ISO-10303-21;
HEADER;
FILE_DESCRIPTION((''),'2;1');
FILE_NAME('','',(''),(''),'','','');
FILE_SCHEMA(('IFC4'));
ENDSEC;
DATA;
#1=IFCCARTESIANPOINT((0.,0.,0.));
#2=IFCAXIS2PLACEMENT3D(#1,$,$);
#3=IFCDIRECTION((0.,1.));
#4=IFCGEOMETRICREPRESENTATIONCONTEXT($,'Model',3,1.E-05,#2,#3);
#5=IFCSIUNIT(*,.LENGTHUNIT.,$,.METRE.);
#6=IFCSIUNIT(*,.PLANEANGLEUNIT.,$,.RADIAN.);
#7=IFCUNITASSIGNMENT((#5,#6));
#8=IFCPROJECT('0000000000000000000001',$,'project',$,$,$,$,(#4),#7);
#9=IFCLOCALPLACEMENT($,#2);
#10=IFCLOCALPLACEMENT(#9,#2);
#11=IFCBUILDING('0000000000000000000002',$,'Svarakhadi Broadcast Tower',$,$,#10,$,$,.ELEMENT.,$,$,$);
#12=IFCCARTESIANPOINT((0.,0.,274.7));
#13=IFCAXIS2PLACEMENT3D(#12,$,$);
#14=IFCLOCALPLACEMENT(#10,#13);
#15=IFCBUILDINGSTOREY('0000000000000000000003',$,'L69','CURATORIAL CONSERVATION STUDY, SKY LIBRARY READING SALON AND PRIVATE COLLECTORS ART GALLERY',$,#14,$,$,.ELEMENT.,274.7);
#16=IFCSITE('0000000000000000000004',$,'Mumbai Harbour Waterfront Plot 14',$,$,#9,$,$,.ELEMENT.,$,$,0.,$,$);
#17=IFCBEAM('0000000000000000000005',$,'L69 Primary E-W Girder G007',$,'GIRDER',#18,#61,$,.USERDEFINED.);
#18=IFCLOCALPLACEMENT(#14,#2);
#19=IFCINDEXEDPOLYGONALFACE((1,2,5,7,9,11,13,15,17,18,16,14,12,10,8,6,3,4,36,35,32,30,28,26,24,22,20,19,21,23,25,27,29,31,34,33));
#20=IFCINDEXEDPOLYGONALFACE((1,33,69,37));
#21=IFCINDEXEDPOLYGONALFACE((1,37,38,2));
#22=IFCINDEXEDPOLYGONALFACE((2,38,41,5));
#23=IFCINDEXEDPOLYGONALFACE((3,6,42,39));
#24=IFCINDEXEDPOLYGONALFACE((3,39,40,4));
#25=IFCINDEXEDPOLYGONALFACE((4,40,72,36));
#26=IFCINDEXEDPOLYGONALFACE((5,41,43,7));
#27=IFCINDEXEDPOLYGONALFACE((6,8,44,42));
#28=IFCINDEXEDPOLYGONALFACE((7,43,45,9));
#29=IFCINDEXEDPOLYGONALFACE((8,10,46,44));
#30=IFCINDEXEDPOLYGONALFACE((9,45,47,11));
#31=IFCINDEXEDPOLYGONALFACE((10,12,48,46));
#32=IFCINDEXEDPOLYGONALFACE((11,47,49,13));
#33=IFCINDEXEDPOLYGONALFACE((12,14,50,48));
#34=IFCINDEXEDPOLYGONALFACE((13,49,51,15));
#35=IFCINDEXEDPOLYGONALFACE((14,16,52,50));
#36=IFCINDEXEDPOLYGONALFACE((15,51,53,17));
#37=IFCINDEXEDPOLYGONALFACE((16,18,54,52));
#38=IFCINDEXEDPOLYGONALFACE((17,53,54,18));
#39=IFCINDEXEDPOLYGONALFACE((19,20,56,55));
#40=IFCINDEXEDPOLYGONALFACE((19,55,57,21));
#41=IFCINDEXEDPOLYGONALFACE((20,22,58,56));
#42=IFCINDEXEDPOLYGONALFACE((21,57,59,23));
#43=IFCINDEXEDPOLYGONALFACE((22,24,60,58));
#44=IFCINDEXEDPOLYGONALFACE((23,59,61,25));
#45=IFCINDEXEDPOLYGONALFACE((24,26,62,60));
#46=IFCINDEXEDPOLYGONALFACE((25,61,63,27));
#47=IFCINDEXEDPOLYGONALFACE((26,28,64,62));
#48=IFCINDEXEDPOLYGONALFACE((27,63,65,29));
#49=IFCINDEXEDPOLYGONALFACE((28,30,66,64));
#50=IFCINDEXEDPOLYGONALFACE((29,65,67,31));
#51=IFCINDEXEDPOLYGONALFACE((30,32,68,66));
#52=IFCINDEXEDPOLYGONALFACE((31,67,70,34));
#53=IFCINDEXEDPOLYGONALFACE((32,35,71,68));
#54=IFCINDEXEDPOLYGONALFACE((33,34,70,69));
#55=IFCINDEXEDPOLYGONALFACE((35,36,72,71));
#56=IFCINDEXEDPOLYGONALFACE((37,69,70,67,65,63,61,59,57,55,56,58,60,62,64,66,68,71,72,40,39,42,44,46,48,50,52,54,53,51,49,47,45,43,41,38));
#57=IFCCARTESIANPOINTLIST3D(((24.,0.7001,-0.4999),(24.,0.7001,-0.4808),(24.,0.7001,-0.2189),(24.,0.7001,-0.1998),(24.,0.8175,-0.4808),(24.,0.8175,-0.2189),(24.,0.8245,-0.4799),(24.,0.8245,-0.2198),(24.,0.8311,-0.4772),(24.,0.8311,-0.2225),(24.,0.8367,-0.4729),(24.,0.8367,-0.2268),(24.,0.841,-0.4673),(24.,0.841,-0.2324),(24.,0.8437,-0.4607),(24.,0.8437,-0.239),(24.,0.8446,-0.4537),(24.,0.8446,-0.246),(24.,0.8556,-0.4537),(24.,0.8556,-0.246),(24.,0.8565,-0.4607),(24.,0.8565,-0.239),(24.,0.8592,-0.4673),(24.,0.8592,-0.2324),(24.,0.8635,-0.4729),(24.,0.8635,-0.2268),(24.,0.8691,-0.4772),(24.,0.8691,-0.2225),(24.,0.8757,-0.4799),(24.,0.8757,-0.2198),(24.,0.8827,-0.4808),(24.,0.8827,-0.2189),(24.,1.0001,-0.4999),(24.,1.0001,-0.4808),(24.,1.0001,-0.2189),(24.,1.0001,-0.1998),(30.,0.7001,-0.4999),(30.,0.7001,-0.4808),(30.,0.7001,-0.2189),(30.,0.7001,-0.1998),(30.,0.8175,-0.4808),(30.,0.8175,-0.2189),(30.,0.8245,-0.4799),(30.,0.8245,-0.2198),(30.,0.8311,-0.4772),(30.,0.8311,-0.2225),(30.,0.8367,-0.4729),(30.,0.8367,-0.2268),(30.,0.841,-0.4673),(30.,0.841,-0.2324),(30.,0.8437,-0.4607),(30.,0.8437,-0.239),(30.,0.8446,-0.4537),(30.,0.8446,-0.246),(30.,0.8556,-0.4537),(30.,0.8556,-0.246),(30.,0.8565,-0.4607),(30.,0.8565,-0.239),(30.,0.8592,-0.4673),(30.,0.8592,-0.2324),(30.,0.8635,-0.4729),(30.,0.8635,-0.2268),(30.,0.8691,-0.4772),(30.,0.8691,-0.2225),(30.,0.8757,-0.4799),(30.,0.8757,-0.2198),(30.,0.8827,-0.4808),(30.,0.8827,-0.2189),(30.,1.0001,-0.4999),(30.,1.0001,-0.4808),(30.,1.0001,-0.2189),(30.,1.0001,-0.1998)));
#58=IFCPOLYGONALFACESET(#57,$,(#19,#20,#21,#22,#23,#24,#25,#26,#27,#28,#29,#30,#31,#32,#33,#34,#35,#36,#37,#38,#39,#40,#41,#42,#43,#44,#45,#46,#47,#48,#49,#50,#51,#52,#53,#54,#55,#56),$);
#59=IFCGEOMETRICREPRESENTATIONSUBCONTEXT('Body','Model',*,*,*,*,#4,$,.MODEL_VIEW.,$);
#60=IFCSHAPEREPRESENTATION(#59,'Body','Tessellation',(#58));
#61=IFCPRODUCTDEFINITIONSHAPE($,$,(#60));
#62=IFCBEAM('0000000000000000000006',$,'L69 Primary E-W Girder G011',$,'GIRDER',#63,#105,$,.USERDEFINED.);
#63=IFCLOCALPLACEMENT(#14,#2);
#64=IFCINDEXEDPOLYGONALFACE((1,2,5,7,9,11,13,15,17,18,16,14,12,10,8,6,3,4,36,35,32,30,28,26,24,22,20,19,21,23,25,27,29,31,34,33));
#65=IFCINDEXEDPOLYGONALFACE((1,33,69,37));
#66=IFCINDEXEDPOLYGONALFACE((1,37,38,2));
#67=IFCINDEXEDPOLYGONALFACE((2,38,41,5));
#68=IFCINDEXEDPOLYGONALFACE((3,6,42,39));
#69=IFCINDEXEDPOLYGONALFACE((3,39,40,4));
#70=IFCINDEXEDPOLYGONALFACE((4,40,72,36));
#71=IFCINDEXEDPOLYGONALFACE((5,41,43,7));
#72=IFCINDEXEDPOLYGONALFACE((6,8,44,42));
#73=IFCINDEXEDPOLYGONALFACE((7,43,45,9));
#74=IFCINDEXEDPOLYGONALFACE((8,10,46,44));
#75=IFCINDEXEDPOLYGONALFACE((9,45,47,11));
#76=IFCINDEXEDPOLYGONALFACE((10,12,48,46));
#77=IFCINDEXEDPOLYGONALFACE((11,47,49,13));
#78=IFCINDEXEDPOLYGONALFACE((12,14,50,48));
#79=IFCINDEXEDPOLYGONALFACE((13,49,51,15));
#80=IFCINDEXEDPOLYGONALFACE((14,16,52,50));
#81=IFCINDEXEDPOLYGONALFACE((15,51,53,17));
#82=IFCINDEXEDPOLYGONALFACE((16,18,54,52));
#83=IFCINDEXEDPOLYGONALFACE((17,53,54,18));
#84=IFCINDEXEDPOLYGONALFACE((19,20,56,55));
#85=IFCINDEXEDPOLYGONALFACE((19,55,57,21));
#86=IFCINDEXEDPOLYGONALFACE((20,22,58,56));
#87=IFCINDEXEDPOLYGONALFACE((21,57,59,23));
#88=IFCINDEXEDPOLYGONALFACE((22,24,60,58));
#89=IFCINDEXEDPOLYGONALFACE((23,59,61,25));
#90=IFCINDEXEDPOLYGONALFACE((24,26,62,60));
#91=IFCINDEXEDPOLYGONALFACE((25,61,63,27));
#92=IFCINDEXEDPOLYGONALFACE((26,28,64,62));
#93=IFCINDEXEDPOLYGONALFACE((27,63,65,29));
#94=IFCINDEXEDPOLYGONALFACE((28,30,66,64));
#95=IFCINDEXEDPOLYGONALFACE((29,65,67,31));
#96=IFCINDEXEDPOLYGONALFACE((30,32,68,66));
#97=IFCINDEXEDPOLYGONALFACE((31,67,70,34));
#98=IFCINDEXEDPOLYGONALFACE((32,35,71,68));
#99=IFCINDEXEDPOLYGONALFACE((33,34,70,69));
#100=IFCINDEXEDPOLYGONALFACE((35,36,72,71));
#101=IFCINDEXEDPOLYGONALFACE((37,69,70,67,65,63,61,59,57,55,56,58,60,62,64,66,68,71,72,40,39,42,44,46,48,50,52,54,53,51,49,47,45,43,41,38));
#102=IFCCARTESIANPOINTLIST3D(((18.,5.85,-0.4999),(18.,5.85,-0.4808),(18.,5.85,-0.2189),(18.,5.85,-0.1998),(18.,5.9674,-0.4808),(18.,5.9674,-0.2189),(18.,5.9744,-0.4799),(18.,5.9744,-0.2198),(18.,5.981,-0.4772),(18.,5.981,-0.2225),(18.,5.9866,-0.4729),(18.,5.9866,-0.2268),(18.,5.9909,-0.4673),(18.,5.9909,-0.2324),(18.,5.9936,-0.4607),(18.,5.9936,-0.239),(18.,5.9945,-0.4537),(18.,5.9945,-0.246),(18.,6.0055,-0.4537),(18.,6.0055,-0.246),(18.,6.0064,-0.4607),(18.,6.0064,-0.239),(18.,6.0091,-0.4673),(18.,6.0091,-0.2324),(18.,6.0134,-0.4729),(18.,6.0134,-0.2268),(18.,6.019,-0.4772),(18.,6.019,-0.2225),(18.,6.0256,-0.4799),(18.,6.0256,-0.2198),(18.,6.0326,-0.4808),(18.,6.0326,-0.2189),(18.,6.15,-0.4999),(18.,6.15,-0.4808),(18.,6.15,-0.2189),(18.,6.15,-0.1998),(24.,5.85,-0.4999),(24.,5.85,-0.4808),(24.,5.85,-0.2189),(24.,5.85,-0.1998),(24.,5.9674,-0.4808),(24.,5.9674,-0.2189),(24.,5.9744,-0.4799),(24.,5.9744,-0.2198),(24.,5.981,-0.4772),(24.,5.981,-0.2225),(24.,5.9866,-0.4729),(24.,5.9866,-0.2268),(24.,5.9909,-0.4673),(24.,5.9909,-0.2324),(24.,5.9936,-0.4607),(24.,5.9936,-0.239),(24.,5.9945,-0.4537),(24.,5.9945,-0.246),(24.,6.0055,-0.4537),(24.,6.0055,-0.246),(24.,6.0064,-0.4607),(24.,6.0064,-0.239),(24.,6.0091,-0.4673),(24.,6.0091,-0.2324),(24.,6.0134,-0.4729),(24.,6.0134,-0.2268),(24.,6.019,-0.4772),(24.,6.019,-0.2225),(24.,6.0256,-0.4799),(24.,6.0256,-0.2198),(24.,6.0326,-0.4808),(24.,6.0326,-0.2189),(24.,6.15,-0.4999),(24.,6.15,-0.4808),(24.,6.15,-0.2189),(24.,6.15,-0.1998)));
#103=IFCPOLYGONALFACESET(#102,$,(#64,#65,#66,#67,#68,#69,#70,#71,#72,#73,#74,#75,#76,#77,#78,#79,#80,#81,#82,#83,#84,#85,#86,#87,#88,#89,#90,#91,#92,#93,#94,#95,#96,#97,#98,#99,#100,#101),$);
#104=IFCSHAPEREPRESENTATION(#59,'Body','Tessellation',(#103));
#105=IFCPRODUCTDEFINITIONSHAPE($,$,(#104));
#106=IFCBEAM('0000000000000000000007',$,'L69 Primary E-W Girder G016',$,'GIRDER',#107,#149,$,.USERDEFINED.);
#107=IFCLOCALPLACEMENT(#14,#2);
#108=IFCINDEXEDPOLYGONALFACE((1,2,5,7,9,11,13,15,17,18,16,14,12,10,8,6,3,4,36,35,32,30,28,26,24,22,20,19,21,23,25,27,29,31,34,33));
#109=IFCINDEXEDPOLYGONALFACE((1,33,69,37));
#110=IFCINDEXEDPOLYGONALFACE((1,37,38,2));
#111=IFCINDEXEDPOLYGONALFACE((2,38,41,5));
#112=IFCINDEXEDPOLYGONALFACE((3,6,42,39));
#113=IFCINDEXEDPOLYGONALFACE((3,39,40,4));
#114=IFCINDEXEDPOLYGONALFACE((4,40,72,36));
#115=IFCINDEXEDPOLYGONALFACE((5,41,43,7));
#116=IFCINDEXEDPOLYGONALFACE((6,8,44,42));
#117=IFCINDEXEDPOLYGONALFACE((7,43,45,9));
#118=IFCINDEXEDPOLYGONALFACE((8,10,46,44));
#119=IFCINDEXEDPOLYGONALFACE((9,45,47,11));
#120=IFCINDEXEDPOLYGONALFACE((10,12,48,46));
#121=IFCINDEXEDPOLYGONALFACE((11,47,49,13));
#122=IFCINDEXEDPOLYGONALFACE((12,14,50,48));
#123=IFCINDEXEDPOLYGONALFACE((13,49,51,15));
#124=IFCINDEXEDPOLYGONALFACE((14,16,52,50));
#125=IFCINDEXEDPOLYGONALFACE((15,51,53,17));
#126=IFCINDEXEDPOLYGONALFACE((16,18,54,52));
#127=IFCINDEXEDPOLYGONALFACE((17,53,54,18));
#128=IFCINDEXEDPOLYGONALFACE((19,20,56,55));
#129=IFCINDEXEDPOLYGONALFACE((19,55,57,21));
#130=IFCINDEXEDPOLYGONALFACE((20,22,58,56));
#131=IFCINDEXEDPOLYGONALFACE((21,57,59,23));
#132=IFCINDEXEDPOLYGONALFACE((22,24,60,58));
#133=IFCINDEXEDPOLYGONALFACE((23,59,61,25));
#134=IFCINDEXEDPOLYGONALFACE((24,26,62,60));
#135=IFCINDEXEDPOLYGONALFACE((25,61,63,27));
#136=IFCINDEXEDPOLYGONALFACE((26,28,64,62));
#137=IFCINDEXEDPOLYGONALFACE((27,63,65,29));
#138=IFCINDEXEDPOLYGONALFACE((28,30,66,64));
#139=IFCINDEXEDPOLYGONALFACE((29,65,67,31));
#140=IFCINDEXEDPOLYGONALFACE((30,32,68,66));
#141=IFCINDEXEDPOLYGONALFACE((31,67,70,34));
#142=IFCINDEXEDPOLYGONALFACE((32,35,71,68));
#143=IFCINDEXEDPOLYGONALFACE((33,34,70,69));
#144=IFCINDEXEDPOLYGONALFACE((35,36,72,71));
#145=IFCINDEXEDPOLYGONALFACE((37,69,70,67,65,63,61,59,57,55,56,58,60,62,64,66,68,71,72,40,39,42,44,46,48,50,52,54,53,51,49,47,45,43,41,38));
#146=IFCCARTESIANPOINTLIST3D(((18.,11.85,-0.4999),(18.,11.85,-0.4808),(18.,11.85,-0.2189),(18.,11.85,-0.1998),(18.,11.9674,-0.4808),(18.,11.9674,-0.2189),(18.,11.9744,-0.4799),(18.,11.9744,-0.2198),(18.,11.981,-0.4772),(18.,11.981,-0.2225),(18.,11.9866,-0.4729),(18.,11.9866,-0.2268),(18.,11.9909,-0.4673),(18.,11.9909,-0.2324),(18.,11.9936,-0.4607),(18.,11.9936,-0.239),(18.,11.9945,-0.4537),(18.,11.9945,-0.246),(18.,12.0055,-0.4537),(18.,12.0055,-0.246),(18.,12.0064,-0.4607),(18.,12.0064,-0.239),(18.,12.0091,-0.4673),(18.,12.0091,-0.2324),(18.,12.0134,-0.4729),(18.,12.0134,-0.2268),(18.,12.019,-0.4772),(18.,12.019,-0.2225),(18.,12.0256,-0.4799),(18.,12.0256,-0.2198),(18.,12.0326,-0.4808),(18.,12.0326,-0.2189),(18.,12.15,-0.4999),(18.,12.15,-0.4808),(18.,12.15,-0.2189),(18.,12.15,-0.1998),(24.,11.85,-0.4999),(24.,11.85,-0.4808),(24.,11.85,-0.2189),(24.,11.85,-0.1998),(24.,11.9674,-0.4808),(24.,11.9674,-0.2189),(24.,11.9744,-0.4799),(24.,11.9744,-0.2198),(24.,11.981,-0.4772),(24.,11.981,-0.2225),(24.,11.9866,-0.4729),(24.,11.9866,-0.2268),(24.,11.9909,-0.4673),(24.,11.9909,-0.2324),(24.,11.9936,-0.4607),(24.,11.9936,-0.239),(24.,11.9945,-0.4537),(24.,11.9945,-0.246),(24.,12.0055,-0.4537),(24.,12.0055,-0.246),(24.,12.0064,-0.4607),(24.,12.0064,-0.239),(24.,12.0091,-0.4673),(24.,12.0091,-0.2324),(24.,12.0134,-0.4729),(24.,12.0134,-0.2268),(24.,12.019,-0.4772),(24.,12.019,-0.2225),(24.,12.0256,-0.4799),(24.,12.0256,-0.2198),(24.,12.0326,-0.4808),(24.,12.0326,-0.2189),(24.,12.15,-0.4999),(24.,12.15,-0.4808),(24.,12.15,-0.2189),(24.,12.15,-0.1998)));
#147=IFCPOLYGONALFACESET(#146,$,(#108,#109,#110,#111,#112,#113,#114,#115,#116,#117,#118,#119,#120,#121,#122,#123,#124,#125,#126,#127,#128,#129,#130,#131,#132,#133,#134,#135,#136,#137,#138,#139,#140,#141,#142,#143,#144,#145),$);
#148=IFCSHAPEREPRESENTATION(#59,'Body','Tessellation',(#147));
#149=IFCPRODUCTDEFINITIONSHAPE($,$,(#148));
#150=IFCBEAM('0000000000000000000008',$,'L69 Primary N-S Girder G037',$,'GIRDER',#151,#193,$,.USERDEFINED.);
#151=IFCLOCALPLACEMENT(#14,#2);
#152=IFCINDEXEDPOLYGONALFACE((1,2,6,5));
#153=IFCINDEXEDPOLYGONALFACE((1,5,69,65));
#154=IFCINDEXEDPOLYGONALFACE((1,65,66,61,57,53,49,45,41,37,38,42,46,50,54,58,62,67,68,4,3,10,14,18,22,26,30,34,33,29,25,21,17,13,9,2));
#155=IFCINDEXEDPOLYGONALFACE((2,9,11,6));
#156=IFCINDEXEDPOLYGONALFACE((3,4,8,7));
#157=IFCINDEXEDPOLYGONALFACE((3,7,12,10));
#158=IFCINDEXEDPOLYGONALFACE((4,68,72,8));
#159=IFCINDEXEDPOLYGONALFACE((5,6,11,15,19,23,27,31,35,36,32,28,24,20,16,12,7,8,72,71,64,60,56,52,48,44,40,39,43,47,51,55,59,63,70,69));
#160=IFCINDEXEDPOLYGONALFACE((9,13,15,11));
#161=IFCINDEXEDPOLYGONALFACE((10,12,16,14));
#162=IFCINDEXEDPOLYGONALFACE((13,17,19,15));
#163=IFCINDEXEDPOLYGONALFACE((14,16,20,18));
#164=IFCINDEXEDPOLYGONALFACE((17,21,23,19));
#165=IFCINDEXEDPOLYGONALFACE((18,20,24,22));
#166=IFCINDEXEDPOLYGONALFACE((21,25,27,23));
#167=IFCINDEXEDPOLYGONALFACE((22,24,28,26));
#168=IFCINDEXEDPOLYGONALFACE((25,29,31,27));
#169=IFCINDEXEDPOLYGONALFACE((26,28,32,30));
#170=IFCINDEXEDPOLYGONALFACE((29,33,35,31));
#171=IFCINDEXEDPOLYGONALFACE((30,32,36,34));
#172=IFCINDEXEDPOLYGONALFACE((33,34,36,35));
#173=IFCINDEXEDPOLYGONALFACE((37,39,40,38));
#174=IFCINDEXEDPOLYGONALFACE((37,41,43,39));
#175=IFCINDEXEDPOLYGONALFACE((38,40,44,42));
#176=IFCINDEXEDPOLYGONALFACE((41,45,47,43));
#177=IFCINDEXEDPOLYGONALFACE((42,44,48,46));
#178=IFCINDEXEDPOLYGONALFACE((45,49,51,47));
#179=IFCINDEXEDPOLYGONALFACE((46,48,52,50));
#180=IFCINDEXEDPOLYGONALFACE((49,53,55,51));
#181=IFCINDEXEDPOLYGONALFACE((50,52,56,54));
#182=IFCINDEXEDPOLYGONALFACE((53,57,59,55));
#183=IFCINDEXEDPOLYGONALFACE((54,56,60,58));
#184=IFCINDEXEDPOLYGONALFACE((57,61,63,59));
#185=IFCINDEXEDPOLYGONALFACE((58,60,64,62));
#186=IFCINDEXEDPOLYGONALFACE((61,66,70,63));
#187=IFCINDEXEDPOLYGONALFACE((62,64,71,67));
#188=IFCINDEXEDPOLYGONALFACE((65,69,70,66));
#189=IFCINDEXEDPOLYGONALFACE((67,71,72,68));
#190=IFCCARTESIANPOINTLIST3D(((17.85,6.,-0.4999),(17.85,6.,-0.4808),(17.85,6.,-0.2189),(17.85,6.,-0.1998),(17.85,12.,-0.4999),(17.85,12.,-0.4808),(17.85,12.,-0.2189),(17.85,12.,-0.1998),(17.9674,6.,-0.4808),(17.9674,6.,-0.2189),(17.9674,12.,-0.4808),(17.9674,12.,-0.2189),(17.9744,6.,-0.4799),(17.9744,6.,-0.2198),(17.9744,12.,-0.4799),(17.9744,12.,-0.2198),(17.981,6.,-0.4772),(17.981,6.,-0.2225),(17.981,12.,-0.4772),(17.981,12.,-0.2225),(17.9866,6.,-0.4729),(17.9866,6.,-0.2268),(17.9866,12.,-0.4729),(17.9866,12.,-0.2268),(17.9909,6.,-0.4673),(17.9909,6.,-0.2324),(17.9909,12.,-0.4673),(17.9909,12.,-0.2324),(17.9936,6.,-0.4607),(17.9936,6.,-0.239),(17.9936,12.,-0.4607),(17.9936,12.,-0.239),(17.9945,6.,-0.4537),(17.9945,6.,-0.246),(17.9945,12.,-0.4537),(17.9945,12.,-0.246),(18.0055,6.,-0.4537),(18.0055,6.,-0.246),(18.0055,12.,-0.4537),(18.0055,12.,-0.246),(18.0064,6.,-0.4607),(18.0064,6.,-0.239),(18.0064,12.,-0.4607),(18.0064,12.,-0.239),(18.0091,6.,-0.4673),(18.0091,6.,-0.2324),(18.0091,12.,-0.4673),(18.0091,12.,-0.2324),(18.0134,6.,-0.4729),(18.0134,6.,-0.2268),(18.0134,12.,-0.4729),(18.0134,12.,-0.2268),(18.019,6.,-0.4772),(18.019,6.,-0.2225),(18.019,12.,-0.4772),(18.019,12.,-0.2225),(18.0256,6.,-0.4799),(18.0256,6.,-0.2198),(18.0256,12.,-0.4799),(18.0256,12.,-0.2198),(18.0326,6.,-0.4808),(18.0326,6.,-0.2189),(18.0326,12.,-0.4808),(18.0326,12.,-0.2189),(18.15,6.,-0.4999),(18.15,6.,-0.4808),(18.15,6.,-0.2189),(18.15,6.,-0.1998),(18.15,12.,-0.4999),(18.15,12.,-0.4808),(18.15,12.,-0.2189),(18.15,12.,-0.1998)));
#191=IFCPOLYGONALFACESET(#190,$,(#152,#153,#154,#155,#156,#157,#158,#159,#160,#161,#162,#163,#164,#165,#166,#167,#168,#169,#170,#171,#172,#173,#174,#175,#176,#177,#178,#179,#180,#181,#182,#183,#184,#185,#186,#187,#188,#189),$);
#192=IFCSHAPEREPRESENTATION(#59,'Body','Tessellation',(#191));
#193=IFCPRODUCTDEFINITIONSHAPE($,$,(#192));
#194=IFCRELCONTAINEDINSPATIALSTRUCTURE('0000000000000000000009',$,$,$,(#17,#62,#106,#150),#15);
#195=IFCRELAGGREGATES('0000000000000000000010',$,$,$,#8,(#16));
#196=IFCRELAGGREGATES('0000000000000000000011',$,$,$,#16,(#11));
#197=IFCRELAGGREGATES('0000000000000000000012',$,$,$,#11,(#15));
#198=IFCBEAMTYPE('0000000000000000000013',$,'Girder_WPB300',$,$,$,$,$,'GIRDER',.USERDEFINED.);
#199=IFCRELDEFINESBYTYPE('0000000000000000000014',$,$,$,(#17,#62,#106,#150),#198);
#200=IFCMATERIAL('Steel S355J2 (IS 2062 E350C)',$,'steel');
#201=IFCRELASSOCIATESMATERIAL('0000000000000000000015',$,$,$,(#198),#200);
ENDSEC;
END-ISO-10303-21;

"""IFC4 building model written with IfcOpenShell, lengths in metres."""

from ifc_helpers import new_model, si_unit, direction, frame, origin, origin_2d, place, context, subcontext, project, spatial, i_section, extrude, material, material_profile, profile_set, type_object, element, save


model = new_model("IFC4")

# Units and contexts
model_context = context("Model", 3, precision=1e-05, world=origin(), true_north=direction((0.0, 1.0)))
body_context = subcontext(model_context, "Body", "Model", "MODEL_VIEW")
ifc_project = project(units=[si_unit("LENGTHUNIT", "METRE"), si_unit("PLANEANGLEUNIT", "RADIAN")], contexts=[model_context])

# Site, building, storey
site_placement = place(None, origin())
site = spatial("IfcSite", under=ifc_project, at=site_placement, Name="Mumbai Harbour Waterfront Plot 14", CompositionType="ELEMENT", RefElevation=0.0)
building_placement = place(site_placement, origin())
building = spatial("IfcBuilding", under=site, at=building_placement, Name="Svarakhadi Broadcast Tower", CompositionType="ELEMENT")
storey_placement = place(building_placement, frame((0.0, 0.0, 274.7)))
storey = spatial("IfcBuildingStorey", under=building, at=storey_placement, Name="L69", Description="CURATORIAL CONSERVATION STUDY, SKY LIBRARY READING SALON AND PRIVATE COLLECTORS ART GALLERY", CompositionType="ELEMENT", Elevation=274.7)

# Beams
ifc_material_1 = material(Name="Steel S355J2 (IS 2062 E350C)", Category="steel")
ifc_material_profile_1 = material_profile(ifc_material_1, i_section(OverallWidth=0.3, OverallDepth=0.3, WebThickness=0.011, FlangeThickness=0.019, FilletRadius=0.0271, at=origin_2d()), Name="WPB 300x300x117")
ifc_profile_set_1 = profile_set([ifc_material_profile_1], Name="Steel S355J2 (IS 2062 E350C)")
beam_type_1 = type_object("IfcBeamType", Name="Girder_WPB300", ElementType="GIRDER", PredefinedType="USERDEFINED", material=ifc_profile_set_1)
for number, where, z_axis, x_axis, name in (
    (1, (24.0, 0.8501, -0.3499), (1.0, 0.0, 0.0), (0.0, 1.0, 0.0), "L69 Primary E-W Girder G007"),
    (2, (18.0, 6.0, -0.3499), (1.0, 0.0, 0.0), (0.0, 1.0, 0.0), "L69 Primary E-W Girder G011"),
    (3, (18.0, 12.0, -0.3499), (1.0, 0.0, 0.0), (0.0, 1.0, 0.0), "L69 Primary E-W Girder G016"),
    (4, (18.0, 6.0, -0.3499), (0.0, 1.0, 0.0), (-1.0, 0.0, 0.0), "L69 Primary N-S Girder G037"),
):
    element("IfcBeam", number, at=place(storey_placement, frame(where, z_axis=z_axis, x_axis=x_axis)), inside=storey, type_object=beam_type_1, Name=name, ObjectType="GIRDER", PredefinedType="USERDEFINED", context=body_context, shape_type="SweptSolid", body=[
        extrude(i_section(OverallWidth=0.3, OverallDepth=0.3, WebThickness=0.011, FlangeThickness=0.019, FilletRadius=0.0271, at=origin_2d()), origin(), (0.0, 0.0, 1.0), 6.0),
    ])

save(model, "model.ifc")
